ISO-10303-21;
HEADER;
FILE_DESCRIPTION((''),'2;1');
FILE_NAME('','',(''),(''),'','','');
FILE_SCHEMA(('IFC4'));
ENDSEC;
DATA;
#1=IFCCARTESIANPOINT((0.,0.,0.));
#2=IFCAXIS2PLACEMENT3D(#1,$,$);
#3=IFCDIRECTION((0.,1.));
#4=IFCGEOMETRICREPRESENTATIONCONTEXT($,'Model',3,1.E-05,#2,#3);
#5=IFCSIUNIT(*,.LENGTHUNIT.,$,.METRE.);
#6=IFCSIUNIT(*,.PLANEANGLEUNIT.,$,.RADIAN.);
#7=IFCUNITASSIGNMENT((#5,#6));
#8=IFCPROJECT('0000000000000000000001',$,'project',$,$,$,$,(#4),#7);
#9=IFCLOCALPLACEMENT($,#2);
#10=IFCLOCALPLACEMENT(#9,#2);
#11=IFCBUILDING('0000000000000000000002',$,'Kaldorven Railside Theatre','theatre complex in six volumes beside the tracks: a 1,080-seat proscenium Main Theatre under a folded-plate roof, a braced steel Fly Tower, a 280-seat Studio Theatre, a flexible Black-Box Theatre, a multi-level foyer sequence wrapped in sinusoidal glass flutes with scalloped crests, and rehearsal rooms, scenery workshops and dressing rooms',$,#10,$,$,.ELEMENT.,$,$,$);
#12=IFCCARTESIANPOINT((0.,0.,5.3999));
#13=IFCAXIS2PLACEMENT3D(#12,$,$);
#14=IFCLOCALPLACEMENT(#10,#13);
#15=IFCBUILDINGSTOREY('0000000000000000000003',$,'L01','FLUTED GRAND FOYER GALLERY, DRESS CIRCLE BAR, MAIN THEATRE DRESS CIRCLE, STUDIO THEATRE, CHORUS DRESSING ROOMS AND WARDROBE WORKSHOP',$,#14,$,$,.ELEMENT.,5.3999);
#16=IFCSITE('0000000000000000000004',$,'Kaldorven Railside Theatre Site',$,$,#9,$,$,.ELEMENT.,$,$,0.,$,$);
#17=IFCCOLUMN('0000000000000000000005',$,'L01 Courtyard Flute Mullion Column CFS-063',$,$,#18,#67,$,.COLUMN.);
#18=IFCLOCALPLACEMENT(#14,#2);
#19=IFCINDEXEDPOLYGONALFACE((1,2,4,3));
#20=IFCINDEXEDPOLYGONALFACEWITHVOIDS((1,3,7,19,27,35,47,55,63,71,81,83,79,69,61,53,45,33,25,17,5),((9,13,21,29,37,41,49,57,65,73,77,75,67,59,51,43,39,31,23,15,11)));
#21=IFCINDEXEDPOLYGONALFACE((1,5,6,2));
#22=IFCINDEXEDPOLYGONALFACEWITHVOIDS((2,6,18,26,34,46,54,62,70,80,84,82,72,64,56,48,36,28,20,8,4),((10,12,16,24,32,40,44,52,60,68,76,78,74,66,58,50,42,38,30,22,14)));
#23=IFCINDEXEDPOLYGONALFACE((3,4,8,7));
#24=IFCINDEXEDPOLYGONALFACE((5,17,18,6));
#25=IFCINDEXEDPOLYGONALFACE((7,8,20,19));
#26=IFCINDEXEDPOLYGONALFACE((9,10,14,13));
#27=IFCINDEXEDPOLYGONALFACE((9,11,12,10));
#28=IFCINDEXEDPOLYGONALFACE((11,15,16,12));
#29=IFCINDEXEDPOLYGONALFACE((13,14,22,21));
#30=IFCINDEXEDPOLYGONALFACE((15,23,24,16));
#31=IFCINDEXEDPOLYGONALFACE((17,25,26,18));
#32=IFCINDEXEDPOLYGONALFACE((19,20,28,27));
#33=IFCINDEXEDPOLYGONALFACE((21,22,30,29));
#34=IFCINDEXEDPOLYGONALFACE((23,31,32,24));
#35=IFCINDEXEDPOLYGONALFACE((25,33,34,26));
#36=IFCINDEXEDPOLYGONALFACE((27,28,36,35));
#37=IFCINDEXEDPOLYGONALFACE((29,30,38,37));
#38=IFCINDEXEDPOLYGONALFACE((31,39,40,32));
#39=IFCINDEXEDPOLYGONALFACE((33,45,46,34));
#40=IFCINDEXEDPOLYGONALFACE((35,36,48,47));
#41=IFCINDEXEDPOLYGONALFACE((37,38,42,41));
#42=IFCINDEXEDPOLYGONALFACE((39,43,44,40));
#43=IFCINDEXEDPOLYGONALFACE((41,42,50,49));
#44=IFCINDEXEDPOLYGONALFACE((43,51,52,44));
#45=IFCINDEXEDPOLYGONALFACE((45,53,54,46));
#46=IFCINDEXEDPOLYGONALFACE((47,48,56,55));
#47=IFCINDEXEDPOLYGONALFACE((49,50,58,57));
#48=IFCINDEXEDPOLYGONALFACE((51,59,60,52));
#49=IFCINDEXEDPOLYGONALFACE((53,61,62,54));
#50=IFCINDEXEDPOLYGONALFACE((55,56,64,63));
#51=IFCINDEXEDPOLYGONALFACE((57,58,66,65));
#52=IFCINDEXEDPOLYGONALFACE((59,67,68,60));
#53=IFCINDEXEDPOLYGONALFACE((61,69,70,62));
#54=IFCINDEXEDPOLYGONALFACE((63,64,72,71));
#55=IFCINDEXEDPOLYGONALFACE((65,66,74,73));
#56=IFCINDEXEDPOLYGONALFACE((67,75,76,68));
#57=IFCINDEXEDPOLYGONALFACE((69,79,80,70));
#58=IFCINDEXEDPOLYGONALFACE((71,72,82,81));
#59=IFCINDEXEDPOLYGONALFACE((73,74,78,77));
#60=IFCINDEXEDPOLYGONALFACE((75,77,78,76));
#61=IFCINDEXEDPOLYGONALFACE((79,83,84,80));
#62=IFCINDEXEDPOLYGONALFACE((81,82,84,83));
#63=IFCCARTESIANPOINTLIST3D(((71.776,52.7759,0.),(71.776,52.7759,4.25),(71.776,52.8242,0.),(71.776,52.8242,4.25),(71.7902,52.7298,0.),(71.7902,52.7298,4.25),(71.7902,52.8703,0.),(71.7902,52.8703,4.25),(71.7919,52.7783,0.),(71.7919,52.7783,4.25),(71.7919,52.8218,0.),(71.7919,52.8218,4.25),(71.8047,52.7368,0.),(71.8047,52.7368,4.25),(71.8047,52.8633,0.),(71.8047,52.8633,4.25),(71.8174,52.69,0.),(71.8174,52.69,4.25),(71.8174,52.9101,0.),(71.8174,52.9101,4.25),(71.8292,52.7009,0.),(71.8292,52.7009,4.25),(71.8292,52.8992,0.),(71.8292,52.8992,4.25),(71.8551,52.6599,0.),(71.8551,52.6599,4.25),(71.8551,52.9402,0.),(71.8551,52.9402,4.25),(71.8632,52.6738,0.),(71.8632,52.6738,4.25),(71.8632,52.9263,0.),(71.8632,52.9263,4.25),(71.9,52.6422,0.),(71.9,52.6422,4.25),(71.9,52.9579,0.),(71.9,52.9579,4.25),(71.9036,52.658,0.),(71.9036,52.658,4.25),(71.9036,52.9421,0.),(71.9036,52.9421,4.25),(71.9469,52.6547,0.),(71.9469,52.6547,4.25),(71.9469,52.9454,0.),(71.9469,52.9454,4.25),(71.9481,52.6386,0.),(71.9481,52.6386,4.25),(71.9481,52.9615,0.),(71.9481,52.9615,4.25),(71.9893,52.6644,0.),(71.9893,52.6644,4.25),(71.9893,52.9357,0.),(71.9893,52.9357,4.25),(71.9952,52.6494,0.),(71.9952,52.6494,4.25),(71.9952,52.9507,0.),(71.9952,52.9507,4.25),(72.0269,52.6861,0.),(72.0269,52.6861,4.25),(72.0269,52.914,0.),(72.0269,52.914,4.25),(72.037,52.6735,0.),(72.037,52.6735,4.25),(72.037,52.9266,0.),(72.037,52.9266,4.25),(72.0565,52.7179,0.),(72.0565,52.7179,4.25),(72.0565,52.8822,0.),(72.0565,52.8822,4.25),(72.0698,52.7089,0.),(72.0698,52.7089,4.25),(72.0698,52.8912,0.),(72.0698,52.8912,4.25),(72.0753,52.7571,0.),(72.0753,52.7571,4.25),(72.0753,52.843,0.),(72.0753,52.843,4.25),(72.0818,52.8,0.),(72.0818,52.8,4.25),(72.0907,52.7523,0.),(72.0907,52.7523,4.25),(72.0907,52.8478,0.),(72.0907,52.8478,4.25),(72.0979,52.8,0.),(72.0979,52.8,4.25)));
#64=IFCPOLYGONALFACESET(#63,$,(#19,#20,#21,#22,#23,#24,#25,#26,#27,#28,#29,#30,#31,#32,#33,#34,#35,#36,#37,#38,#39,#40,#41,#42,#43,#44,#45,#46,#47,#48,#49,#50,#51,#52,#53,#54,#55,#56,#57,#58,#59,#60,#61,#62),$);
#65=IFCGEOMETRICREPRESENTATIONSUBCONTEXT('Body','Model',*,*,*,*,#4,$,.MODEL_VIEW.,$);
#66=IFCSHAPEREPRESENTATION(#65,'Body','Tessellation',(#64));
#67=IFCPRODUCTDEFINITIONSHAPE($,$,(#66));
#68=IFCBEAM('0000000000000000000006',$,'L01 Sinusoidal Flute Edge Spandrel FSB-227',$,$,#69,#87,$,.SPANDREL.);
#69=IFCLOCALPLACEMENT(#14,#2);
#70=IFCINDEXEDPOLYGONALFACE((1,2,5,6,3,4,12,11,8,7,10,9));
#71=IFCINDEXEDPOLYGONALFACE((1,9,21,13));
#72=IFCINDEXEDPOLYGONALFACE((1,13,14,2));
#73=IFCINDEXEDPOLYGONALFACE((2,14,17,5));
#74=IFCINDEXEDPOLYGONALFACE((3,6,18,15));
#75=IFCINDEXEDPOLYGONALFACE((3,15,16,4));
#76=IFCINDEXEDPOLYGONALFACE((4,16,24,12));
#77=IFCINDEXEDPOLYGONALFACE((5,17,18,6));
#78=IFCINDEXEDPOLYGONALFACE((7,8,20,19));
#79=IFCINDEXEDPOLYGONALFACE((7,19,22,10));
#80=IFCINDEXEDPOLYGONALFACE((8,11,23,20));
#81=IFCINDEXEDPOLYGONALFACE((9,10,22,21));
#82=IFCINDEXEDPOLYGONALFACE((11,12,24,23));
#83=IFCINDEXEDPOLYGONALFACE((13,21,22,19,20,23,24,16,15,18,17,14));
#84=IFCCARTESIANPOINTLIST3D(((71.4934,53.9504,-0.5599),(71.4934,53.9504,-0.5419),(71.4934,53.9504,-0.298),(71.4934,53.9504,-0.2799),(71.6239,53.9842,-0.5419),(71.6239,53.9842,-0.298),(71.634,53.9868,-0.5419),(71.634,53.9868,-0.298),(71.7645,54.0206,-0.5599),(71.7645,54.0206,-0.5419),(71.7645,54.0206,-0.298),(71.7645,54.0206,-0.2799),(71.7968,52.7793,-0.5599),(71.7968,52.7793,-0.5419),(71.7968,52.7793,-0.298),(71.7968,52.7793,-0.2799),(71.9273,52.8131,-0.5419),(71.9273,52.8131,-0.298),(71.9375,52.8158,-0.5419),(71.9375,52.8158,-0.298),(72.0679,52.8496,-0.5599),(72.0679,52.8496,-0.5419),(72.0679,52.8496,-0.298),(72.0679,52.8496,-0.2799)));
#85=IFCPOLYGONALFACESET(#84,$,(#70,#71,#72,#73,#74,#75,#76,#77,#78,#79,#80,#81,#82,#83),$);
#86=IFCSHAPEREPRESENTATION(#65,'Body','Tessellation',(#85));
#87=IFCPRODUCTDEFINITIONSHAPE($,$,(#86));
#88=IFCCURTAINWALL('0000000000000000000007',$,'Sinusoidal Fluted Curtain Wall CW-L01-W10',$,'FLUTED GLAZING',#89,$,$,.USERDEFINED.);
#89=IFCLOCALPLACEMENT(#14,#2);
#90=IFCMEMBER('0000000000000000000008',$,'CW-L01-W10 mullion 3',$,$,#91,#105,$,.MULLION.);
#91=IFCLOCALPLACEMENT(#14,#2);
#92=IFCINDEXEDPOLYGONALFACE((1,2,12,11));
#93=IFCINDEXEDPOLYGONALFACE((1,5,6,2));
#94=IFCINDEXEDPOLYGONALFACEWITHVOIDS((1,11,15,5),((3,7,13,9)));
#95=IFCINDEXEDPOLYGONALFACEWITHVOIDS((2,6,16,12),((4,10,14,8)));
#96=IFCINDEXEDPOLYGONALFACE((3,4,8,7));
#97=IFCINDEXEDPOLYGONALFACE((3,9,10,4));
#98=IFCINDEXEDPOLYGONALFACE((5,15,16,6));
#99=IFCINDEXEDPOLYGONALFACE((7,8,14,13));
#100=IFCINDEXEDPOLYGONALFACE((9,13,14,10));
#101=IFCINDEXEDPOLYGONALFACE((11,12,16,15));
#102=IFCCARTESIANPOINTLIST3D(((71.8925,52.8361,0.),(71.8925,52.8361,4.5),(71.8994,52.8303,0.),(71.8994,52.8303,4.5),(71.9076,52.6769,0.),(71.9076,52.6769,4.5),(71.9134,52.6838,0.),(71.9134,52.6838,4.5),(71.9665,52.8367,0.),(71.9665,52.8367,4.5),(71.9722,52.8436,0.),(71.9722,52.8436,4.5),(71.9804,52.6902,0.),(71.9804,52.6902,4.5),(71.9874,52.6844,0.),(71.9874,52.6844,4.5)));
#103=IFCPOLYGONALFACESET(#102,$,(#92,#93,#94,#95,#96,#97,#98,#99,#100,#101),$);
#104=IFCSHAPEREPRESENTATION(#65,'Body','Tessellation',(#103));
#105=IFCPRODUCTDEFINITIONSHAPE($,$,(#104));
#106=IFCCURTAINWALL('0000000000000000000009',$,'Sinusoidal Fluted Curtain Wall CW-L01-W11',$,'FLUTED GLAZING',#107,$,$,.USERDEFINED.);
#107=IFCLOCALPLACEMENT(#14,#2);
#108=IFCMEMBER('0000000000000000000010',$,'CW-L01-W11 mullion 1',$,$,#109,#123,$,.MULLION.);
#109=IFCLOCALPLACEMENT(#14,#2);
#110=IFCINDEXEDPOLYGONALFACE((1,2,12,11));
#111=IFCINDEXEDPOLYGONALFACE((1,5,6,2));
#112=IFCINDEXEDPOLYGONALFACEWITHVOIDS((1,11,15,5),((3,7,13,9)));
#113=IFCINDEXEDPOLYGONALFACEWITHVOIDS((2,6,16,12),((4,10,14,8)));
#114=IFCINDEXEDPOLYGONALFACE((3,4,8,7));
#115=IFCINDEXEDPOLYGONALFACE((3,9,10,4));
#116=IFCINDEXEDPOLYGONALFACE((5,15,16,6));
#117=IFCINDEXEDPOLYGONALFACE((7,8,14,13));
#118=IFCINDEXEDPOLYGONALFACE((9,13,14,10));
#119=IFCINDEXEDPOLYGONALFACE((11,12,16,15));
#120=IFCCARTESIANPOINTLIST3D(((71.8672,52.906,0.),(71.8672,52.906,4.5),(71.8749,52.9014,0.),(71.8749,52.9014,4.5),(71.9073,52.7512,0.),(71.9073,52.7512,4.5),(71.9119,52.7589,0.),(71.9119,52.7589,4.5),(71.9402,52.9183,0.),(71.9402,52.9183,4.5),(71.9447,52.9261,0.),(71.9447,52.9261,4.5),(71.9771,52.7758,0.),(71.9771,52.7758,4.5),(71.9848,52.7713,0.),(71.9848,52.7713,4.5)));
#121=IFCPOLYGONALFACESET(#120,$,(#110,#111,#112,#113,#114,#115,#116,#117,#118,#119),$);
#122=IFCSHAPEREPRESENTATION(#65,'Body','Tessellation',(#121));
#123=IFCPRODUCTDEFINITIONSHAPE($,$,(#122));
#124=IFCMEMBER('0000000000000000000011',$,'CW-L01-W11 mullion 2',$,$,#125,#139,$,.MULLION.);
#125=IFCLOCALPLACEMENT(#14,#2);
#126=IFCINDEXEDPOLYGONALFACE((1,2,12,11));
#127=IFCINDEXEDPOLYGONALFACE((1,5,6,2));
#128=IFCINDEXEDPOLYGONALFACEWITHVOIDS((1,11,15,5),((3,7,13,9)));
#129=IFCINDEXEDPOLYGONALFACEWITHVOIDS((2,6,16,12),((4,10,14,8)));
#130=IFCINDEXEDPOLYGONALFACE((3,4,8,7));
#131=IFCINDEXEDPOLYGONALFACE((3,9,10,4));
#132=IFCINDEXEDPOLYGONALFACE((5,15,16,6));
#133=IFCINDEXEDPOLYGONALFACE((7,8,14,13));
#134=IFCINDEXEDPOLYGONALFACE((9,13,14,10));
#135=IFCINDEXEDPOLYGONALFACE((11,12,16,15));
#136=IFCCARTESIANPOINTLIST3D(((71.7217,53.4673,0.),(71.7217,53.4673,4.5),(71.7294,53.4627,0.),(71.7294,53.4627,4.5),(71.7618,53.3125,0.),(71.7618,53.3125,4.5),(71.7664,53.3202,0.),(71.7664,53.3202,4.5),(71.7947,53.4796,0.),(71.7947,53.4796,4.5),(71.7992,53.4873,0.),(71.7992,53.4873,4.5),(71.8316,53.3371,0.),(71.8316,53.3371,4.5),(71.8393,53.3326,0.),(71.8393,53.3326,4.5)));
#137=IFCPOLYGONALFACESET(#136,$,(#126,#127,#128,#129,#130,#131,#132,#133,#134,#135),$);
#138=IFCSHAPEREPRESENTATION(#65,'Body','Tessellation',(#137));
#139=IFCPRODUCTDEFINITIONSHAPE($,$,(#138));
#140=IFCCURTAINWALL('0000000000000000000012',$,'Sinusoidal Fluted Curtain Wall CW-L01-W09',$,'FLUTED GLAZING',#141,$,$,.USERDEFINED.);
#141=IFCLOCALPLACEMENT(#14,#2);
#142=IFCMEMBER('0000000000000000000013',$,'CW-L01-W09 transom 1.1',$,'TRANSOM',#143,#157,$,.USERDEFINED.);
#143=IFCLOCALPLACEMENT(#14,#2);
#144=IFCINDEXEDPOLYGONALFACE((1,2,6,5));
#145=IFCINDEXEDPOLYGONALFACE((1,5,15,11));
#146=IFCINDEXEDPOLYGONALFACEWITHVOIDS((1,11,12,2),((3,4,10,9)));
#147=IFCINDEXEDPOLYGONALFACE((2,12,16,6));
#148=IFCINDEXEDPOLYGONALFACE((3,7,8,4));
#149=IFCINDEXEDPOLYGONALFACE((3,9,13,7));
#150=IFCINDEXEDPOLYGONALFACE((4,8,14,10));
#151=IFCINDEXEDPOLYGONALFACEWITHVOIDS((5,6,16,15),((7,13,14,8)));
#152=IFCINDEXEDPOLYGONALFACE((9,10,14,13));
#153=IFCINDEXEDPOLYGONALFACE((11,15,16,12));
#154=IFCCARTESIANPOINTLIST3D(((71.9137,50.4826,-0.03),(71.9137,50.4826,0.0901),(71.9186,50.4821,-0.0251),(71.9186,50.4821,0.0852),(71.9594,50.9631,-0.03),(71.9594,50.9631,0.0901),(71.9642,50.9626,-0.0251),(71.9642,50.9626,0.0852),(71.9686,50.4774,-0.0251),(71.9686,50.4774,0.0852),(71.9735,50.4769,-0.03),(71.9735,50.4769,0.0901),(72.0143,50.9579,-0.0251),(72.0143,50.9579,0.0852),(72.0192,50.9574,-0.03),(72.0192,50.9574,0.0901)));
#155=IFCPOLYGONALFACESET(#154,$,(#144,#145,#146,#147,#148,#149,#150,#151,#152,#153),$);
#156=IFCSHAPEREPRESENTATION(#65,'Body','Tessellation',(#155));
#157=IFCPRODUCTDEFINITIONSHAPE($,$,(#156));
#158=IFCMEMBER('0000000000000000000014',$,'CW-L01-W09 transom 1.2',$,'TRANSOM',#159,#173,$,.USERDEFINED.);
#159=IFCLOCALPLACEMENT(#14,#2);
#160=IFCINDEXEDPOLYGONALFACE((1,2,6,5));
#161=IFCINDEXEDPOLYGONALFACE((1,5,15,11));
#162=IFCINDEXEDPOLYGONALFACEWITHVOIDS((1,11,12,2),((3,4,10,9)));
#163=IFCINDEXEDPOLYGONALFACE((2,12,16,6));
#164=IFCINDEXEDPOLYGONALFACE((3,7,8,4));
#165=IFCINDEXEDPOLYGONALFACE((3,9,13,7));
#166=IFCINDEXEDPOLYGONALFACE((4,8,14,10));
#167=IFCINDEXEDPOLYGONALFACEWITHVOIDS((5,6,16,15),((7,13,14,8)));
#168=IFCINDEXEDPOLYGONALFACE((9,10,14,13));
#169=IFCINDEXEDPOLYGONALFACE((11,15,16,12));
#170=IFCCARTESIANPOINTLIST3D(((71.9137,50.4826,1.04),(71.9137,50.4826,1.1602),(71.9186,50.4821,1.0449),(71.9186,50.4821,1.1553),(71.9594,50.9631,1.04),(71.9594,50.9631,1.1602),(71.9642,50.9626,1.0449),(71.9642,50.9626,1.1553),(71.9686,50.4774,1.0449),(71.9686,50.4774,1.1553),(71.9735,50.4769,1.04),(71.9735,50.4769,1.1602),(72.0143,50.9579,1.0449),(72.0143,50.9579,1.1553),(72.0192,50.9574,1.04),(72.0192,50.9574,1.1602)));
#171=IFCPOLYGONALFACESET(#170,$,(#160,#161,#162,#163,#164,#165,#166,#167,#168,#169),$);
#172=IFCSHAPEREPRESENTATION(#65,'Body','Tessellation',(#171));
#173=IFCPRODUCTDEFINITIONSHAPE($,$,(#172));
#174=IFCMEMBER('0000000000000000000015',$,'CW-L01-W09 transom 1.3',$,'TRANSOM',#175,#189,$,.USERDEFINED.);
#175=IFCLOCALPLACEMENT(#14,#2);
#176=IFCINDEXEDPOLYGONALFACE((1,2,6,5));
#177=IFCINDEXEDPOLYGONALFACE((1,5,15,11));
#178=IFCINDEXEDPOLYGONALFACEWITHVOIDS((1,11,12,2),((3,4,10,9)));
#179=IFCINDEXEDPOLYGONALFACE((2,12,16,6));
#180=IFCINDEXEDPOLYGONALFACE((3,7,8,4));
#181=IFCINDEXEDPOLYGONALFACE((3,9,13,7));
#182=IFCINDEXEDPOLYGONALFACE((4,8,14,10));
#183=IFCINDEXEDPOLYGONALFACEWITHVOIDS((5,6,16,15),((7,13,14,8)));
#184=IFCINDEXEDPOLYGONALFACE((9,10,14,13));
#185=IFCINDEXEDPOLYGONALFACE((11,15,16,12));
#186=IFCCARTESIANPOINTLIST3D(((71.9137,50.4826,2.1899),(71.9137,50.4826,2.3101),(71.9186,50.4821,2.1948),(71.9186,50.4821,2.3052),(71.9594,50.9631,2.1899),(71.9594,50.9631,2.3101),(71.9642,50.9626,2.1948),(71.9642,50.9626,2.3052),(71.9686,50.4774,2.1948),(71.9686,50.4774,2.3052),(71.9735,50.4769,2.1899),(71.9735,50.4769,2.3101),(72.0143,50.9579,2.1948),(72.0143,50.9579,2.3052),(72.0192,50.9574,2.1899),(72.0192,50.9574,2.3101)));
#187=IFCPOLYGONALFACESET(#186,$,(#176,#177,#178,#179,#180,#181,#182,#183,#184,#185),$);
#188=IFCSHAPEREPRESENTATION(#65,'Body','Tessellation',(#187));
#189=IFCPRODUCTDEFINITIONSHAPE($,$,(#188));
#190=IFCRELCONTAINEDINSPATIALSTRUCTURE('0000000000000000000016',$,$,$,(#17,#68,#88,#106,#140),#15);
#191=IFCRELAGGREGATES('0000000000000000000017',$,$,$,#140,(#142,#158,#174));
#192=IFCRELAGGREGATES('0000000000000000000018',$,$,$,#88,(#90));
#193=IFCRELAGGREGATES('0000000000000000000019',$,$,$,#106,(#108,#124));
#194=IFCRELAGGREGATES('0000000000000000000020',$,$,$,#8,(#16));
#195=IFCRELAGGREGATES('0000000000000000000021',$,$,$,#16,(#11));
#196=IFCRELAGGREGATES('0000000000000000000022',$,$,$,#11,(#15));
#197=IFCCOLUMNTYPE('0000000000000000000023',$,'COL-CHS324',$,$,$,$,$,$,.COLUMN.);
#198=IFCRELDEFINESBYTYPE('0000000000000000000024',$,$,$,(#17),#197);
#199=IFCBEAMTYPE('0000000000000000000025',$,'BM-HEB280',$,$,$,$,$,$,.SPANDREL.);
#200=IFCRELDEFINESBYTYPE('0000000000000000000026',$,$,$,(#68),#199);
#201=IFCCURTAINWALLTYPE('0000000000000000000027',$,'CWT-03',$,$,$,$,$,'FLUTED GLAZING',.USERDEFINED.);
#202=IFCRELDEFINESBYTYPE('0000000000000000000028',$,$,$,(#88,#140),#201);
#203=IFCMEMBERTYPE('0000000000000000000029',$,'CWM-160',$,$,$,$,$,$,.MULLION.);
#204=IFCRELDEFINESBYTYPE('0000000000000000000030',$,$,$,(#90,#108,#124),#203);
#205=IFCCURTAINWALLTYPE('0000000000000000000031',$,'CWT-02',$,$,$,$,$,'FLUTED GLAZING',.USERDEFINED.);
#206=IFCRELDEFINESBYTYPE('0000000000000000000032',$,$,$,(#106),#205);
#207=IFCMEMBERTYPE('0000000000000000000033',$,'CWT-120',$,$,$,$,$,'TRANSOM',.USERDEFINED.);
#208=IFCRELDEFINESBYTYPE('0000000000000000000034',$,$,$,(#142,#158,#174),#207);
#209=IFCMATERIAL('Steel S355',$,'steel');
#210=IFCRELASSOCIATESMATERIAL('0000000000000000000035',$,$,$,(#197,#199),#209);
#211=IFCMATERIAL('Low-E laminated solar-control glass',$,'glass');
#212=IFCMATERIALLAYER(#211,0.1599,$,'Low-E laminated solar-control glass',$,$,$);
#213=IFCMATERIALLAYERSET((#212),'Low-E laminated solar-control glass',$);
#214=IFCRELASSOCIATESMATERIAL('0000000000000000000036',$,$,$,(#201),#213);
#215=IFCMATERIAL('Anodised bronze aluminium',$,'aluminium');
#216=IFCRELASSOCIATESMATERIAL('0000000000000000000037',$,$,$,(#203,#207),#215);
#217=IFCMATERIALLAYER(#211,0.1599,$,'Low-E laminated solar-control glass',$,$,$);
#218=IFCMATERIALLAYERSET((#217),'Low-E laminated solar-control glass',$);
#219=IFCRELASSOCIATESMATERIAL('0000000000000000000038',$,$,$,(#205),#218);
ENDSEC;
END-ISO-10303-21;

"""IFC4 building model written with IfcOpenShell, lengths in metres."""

from ifc_helpers import new_model, si_unit, direction, frame, origin, origin_2d, place, context, subcontext, project, spatial, hollow_rectangle, hollow_circle, i_section, extrude, material, layer, layer_set, material_profile, profile_set, type_object, element, aggregate, save


model = new_model("IFC4")

# Units and contexts
model_context = context("Model", 3, precision=1e-05, world=origin(), true_north=direction((0.0, 1.0)))
body_context = subcontext(model_context, "Body", "Model", "MODEL_VIEW")
ifc_project = project(units=[si_unit("LENGTHUNIT", "METRE"), si_unit("PLANEANGLEUNIT", "RADIAN")], contexts=[model_context])

# Site, building, storey
site_placement = place(None, origin())
site = spatial("IfcSite", under=ifc_project, at=site_placement, Name="Kaldorven Railside Theatre Site", CompositionType="ELEMENT", RefElevation=0.0)
building_placement = place(site_placement, origin())
building = spatial("IfcBuilding", under=site, at=building_placement, Name="Kaldorven Railside Theatre", Description="theatre complex in six volumes beside the tracks: a 1,080-seat proscenium Main Theatre under a folded-plate roof, a braced steel Fly Tower, a 280-seat Studio Theatre, a flexible Black-Box Theatre, a multi-level foyer sequence wrapped in sinusoidal glass flutes with scalloped crests, and rehearsal rooms, scenery workshops and dressing rooms", CompositionType="ELEMENT")
storey_placement = place(building_placement, frame((0.0, 0.0, 5.3999)))
storey = spatial("IfcBuildingStorey", under=building, at=storey_placement, Name="L01", Description="FLUTED GRAND FOYER GALLERY, DRESS CIRCLE BAR, MAIN THEATRE DRESS CIRCLE, STUDIO THEATRE, CHORUS DRESSING ROOMS AND WARDROBE WORKSHOP", CompositionType="ELEMENT", Elevation=5.3999)

# Column
ifc_material_1 = material(Name="Steel S355", Category="steel")
ifc_material_profile_1 = material_profile(ifc_material_1, hollow_circle(Radius=0.1619, WallThickness=0.0161, at=origin_2d()), Name="CHS 323.9x16")
ifc_profile_set_1 = profile_set([ifc_material_profile_1], Name="Steel S355")
column_type = type_object("IfcColumnType", Name="COL-CHS324", PredefinedType="COLUMN", material=ifc_profile_set_1)
column_placement = place(storey_placement, frame((71.936, 52.8, 0.0), z_axis=(0.0, 0.0, 1.0), x_axis=(1.0, 0.0, 0.0)))
element("IfcColumn", 1, at=column_placement, inside=storey, type_object=column_type, Name="L01 Courtyard Flute Mullion Column CFS-063", PredefinedType="COLUMN", context=body_context, shape_type="SweptSolid", body=[
    extrude(hollow_circle(Radius=0.1619, WallThickness=0.0161, at=origin_2d()), origin(), (0.0, 0.0, 1.0), 4.25),
])

# Beam
ifc_material_profile_2 = material_profile(ifc_material_1, i_section(OverallWidth=0.28, OverallDepth=0.28, WebThickness=0.0105, FlangeThickness=0.0181, at=origin_2d()), Name="HEB 280")
ifc_profile_set_2 = profile_set([ifc_material_profile_2], Name="Steel S355")
beam_type = type_object("IfcBeamType", Name="BM-HEB280", PredefinedType="SPANDREL", material=ifc_profile_set_2)
beam_placement = place(storey_placement, frame((71.9324, 52.8145, -0.4199), z_axis=(-0.250836, 0.96803, 0.0), x_axis=(-0.96803, -0.250836, 0.0)))
element("IfcBeam", 2, at=beam_placement, inside=storey, type_object=beam_type, Name="L01 Sinusoidal Flute Edge Spandrel FSB-227", PredefinedType="SPANDREL", context=body_context, shape_type="SweptSolid", body=[
    extrude(i_section(OverallWidth=0.28, OverallDepth=0.28, WebThickness=0.0105, FlangeThickness=0.0181, at=origin_2d()), origin(), (0.0, 0.0, 1.0), 1.2097),
])

# Curtain wall, member
ifc_material_2 = material(Name="Low-E laminated solar-control glass", Category="glass")
ifc_layer_1 = layer(ifc_material_2, 0.1599, Name="Low-E laminated solar-control glass")
ifc_layer_set_1 = layer_set([ifc_layer_1], Name="Low-E laminated solar-control glass")
curtain_wall_type_1 = type_object("IfcCurtainWallType", Name="CWT-03", ElementType="FLUTED GLAZING", PredefinedType="USERDEFINED", material=ifc_layer_set_1)
curtain_wall_1_placement = place(storey_placement, origin())
curtain_wall_1 = element("IfcCurtainWall", 3, at=curtain_wall_1_placement, inside=storey, type_object=curtain_wall_type_1, Name="Sinusoidal Fluted Curtain Wall CW-L01-W10", ObjectType="FLUTED GLAZING", PredefinedType="USERDEFINED")
ifc_material_3 = material(Name="Anodised bronze aluminium", Category="aluminium")
ifc_material_profile_3 = material_profile(ifc_material_3, hollow_rectangle(XDim=0.0801, YDim=0.1599, WallThickness=0.0063, at=origin_2d()), Name="RHS 160x80x6.3")
ifc_profile_set_3 = profile_set([ifc_material_profile_3], Name="Anodised bronze aluminium")
member_type_1 = type_object("IfcMemberType", Name="CWM-160", PredefinedType="MULLION", material=ifc_profile_set_3)
member_1_placement = place(storey_placement, frame((71.9399, 52.7603, 0.0), z_axis=(0.0, 0.0, 1.0), x_axis=(-0.995526, -0.094492, 0.0)))
member_1 = element("IfcMember", 4, at=member_1_placement, type_object=member_type_1, Name="CW-L01-W10 mullion 3", PredefinedType="MULLION", context=body_context, shape_type="SweptSolid", body=[
    extrude(hollow_rectangle(XDim=0.0801, YDim=0.1599, WallThickness=0.0063, at=origin_2d()), origin(), (0.0, 0.0, 1.0), 4.5),
])

# Curtain walls, members
ifc_layer_2 = layer(ifc_material_2, 0.1599, Name="Low-E laminated solar-control glass")
ifc_layer_set_2 = layer_set([ifc_layer_2], Name="Low-E laminated solar-control glass")
curtain_wall_type_2 = type_object("IfcCurtainWallType", Name="CWT-02", ElementType="FLUTED GLAZING", PredefinedType="USERDEFINED", material=ifc_layer_set_2)
curtain_wall_2_placement = place(storey_placement, origin())
curtain_wall_2 = element("IfcCurtainWall", 5, at=curtain_wall_2_placement, inside=storey, type_object=curtain_wall_type_2, Name="Sinusoidal Fluted Curtain Wall CW-L01-W11", ObjectType="FLUTED GLAZING", PredefinedType="USERDEFINED")
member_2_placement = place(storey_placement, frame((71.926, 52.8386, 0.0), z_axis=(0.0, 0.0, 1.0), x_axis=(-0.967999, -0.250954, 0.0)))
member_2 = element("IfcMember", 6, at=member_2_placement, type_object=member_type_1, Name="CW-L01-W11 mullion 1", PredefinedType="MULLION", context=body_context, shape_type="SweptSolid", body=[
    extrude(hollow_rectangle(XDim=0.0801, YDim=0.1599, WallThickness=0.0063, at=origin_2d()), origin(), (0.0, 0.0, 1.0), 4.5),
])
member_3_placement = place(storey_placement, frame((71.7805, 53.3999, 0.0), z_axis=(0.0, 0.0, 1.0), x_axis=(-0.967999, -0.250954, 0.0)))
member_3 = element("IfcMember", 7, at=member_3_placement, type_object=member_type_1, Name="CW-L01-W11 mullion 2", PredefinedType="MULLION", context=body_context, shape_type="SweptSolid", body=[
    extrude(hollow_rectangle(XDim=0.0801, YDim=0.1599, WallThickness=0.0063, at=origin_2d()), origin(), (0.0, 0.0, 1.0), 4.5),
])
curtain_wall_3_placement = place(storey_placement, origin())
curtain_wall_3 = element("IfcCurtainWall", 8, at=curtain_wall_3_placement, inside=storey, type_object=curtain_wall_type_1, Name="Sinusoidal Fluted Curtain Wall CW-L01-W09", ObjectType="FLUTED GLAZING", PredefinedType="USERDEFINED")
ifc_material_profile_4 = material_profile(ifc_material_3, hollow_rectangle(XDim=0.0601, YDim=0.1201, WallThickness=0.0049, at=origin_2d()), Name="RHS 120x60x5")
ifc_profile_set_4 = profile_set([ifc_material_profile_4], Name="Anodised bronze aluminium")
member_type_2 = type_object("IfcMemberType", Name="CWT-120", ElementType="TRANSOM", PredefinedType="USERDEFINED", material=ifc_profile_set_4)
member_4_placement = place(storey_placement, frame((71.9436, 50.4797, 0.03), z_axis=(0.094594, 0.995516, 0.0), x_axis=(-0.995516, 0.094594, 0.0)))
member_4 = element("IfcMember", 9, at=member_4_placement, type_object=member_type_2, Name="CW-L01-W09 transom 1.1", ObjectType="TRANSOM", PredefinedType="USERDEFINED", context=body_context, shape_type="SweptSolid", body=[
    extrude(hollow_rectangle(XDim=0.0601, YDim=0.1201, WallThickness=0.0049, at=origin_2d()), origin(), (0.0, 0.0, 1.0), 0.4827),
])
member_5_placement = place(storey_placement, frame((71.9436, 50.4797, 1.1001), z_axis=(0.094594, 0.995516, 0.0), x_axis=(-0.995516, 0.094594, 0.0)))
member_5 = element("IfcMember", 10, at=member_5_placement, type_object=member_type_2, Name="CW-L01-W09 transom 1.2", ObjectType="TRANSOM", PredefinedType="USERDEFINED", context=body_context, shape_type="SweptSolid", body=[
    extrude(hollow_rectangle(XDim=0.0601, YDim=0.1201, WallThickness=0.0049, at=origin_2d()), origin(), (0.0, 0.0, 1.0), 0.4827),
])
member_6_placement = place(storey_placement, frame((71.9436, 50.4797, 2.25), z_axis=(0.094594, 0.995516, 0.0), x_axis=(-0.995516, 0.094594, 0.0)))
member_6 = element("IfcMember", 11, at=member_6_placement, type_object=member_type_2, Name="CW-L01-W09 transom 1.3", ObjectType="TRANSOM", PredefinedType="USERDEFINED", context=body_context, shape_type="SweptSolid", body=[
    extrude(hollow_rectangle(XDim=0.0601, YDim=0.1201, WallThickness=0.0049, at=origin_2d()), origin(), (0.0, 0.0, 1.0), 0.4827),
])

aggregate(curtain_wall_3, [member_4, member_5, member_6])
aggregate(curtain_wall_1, [member_1])
aggregate(curtain_wall_2, [member_2, member_3])

save(model, "model.ifc")
